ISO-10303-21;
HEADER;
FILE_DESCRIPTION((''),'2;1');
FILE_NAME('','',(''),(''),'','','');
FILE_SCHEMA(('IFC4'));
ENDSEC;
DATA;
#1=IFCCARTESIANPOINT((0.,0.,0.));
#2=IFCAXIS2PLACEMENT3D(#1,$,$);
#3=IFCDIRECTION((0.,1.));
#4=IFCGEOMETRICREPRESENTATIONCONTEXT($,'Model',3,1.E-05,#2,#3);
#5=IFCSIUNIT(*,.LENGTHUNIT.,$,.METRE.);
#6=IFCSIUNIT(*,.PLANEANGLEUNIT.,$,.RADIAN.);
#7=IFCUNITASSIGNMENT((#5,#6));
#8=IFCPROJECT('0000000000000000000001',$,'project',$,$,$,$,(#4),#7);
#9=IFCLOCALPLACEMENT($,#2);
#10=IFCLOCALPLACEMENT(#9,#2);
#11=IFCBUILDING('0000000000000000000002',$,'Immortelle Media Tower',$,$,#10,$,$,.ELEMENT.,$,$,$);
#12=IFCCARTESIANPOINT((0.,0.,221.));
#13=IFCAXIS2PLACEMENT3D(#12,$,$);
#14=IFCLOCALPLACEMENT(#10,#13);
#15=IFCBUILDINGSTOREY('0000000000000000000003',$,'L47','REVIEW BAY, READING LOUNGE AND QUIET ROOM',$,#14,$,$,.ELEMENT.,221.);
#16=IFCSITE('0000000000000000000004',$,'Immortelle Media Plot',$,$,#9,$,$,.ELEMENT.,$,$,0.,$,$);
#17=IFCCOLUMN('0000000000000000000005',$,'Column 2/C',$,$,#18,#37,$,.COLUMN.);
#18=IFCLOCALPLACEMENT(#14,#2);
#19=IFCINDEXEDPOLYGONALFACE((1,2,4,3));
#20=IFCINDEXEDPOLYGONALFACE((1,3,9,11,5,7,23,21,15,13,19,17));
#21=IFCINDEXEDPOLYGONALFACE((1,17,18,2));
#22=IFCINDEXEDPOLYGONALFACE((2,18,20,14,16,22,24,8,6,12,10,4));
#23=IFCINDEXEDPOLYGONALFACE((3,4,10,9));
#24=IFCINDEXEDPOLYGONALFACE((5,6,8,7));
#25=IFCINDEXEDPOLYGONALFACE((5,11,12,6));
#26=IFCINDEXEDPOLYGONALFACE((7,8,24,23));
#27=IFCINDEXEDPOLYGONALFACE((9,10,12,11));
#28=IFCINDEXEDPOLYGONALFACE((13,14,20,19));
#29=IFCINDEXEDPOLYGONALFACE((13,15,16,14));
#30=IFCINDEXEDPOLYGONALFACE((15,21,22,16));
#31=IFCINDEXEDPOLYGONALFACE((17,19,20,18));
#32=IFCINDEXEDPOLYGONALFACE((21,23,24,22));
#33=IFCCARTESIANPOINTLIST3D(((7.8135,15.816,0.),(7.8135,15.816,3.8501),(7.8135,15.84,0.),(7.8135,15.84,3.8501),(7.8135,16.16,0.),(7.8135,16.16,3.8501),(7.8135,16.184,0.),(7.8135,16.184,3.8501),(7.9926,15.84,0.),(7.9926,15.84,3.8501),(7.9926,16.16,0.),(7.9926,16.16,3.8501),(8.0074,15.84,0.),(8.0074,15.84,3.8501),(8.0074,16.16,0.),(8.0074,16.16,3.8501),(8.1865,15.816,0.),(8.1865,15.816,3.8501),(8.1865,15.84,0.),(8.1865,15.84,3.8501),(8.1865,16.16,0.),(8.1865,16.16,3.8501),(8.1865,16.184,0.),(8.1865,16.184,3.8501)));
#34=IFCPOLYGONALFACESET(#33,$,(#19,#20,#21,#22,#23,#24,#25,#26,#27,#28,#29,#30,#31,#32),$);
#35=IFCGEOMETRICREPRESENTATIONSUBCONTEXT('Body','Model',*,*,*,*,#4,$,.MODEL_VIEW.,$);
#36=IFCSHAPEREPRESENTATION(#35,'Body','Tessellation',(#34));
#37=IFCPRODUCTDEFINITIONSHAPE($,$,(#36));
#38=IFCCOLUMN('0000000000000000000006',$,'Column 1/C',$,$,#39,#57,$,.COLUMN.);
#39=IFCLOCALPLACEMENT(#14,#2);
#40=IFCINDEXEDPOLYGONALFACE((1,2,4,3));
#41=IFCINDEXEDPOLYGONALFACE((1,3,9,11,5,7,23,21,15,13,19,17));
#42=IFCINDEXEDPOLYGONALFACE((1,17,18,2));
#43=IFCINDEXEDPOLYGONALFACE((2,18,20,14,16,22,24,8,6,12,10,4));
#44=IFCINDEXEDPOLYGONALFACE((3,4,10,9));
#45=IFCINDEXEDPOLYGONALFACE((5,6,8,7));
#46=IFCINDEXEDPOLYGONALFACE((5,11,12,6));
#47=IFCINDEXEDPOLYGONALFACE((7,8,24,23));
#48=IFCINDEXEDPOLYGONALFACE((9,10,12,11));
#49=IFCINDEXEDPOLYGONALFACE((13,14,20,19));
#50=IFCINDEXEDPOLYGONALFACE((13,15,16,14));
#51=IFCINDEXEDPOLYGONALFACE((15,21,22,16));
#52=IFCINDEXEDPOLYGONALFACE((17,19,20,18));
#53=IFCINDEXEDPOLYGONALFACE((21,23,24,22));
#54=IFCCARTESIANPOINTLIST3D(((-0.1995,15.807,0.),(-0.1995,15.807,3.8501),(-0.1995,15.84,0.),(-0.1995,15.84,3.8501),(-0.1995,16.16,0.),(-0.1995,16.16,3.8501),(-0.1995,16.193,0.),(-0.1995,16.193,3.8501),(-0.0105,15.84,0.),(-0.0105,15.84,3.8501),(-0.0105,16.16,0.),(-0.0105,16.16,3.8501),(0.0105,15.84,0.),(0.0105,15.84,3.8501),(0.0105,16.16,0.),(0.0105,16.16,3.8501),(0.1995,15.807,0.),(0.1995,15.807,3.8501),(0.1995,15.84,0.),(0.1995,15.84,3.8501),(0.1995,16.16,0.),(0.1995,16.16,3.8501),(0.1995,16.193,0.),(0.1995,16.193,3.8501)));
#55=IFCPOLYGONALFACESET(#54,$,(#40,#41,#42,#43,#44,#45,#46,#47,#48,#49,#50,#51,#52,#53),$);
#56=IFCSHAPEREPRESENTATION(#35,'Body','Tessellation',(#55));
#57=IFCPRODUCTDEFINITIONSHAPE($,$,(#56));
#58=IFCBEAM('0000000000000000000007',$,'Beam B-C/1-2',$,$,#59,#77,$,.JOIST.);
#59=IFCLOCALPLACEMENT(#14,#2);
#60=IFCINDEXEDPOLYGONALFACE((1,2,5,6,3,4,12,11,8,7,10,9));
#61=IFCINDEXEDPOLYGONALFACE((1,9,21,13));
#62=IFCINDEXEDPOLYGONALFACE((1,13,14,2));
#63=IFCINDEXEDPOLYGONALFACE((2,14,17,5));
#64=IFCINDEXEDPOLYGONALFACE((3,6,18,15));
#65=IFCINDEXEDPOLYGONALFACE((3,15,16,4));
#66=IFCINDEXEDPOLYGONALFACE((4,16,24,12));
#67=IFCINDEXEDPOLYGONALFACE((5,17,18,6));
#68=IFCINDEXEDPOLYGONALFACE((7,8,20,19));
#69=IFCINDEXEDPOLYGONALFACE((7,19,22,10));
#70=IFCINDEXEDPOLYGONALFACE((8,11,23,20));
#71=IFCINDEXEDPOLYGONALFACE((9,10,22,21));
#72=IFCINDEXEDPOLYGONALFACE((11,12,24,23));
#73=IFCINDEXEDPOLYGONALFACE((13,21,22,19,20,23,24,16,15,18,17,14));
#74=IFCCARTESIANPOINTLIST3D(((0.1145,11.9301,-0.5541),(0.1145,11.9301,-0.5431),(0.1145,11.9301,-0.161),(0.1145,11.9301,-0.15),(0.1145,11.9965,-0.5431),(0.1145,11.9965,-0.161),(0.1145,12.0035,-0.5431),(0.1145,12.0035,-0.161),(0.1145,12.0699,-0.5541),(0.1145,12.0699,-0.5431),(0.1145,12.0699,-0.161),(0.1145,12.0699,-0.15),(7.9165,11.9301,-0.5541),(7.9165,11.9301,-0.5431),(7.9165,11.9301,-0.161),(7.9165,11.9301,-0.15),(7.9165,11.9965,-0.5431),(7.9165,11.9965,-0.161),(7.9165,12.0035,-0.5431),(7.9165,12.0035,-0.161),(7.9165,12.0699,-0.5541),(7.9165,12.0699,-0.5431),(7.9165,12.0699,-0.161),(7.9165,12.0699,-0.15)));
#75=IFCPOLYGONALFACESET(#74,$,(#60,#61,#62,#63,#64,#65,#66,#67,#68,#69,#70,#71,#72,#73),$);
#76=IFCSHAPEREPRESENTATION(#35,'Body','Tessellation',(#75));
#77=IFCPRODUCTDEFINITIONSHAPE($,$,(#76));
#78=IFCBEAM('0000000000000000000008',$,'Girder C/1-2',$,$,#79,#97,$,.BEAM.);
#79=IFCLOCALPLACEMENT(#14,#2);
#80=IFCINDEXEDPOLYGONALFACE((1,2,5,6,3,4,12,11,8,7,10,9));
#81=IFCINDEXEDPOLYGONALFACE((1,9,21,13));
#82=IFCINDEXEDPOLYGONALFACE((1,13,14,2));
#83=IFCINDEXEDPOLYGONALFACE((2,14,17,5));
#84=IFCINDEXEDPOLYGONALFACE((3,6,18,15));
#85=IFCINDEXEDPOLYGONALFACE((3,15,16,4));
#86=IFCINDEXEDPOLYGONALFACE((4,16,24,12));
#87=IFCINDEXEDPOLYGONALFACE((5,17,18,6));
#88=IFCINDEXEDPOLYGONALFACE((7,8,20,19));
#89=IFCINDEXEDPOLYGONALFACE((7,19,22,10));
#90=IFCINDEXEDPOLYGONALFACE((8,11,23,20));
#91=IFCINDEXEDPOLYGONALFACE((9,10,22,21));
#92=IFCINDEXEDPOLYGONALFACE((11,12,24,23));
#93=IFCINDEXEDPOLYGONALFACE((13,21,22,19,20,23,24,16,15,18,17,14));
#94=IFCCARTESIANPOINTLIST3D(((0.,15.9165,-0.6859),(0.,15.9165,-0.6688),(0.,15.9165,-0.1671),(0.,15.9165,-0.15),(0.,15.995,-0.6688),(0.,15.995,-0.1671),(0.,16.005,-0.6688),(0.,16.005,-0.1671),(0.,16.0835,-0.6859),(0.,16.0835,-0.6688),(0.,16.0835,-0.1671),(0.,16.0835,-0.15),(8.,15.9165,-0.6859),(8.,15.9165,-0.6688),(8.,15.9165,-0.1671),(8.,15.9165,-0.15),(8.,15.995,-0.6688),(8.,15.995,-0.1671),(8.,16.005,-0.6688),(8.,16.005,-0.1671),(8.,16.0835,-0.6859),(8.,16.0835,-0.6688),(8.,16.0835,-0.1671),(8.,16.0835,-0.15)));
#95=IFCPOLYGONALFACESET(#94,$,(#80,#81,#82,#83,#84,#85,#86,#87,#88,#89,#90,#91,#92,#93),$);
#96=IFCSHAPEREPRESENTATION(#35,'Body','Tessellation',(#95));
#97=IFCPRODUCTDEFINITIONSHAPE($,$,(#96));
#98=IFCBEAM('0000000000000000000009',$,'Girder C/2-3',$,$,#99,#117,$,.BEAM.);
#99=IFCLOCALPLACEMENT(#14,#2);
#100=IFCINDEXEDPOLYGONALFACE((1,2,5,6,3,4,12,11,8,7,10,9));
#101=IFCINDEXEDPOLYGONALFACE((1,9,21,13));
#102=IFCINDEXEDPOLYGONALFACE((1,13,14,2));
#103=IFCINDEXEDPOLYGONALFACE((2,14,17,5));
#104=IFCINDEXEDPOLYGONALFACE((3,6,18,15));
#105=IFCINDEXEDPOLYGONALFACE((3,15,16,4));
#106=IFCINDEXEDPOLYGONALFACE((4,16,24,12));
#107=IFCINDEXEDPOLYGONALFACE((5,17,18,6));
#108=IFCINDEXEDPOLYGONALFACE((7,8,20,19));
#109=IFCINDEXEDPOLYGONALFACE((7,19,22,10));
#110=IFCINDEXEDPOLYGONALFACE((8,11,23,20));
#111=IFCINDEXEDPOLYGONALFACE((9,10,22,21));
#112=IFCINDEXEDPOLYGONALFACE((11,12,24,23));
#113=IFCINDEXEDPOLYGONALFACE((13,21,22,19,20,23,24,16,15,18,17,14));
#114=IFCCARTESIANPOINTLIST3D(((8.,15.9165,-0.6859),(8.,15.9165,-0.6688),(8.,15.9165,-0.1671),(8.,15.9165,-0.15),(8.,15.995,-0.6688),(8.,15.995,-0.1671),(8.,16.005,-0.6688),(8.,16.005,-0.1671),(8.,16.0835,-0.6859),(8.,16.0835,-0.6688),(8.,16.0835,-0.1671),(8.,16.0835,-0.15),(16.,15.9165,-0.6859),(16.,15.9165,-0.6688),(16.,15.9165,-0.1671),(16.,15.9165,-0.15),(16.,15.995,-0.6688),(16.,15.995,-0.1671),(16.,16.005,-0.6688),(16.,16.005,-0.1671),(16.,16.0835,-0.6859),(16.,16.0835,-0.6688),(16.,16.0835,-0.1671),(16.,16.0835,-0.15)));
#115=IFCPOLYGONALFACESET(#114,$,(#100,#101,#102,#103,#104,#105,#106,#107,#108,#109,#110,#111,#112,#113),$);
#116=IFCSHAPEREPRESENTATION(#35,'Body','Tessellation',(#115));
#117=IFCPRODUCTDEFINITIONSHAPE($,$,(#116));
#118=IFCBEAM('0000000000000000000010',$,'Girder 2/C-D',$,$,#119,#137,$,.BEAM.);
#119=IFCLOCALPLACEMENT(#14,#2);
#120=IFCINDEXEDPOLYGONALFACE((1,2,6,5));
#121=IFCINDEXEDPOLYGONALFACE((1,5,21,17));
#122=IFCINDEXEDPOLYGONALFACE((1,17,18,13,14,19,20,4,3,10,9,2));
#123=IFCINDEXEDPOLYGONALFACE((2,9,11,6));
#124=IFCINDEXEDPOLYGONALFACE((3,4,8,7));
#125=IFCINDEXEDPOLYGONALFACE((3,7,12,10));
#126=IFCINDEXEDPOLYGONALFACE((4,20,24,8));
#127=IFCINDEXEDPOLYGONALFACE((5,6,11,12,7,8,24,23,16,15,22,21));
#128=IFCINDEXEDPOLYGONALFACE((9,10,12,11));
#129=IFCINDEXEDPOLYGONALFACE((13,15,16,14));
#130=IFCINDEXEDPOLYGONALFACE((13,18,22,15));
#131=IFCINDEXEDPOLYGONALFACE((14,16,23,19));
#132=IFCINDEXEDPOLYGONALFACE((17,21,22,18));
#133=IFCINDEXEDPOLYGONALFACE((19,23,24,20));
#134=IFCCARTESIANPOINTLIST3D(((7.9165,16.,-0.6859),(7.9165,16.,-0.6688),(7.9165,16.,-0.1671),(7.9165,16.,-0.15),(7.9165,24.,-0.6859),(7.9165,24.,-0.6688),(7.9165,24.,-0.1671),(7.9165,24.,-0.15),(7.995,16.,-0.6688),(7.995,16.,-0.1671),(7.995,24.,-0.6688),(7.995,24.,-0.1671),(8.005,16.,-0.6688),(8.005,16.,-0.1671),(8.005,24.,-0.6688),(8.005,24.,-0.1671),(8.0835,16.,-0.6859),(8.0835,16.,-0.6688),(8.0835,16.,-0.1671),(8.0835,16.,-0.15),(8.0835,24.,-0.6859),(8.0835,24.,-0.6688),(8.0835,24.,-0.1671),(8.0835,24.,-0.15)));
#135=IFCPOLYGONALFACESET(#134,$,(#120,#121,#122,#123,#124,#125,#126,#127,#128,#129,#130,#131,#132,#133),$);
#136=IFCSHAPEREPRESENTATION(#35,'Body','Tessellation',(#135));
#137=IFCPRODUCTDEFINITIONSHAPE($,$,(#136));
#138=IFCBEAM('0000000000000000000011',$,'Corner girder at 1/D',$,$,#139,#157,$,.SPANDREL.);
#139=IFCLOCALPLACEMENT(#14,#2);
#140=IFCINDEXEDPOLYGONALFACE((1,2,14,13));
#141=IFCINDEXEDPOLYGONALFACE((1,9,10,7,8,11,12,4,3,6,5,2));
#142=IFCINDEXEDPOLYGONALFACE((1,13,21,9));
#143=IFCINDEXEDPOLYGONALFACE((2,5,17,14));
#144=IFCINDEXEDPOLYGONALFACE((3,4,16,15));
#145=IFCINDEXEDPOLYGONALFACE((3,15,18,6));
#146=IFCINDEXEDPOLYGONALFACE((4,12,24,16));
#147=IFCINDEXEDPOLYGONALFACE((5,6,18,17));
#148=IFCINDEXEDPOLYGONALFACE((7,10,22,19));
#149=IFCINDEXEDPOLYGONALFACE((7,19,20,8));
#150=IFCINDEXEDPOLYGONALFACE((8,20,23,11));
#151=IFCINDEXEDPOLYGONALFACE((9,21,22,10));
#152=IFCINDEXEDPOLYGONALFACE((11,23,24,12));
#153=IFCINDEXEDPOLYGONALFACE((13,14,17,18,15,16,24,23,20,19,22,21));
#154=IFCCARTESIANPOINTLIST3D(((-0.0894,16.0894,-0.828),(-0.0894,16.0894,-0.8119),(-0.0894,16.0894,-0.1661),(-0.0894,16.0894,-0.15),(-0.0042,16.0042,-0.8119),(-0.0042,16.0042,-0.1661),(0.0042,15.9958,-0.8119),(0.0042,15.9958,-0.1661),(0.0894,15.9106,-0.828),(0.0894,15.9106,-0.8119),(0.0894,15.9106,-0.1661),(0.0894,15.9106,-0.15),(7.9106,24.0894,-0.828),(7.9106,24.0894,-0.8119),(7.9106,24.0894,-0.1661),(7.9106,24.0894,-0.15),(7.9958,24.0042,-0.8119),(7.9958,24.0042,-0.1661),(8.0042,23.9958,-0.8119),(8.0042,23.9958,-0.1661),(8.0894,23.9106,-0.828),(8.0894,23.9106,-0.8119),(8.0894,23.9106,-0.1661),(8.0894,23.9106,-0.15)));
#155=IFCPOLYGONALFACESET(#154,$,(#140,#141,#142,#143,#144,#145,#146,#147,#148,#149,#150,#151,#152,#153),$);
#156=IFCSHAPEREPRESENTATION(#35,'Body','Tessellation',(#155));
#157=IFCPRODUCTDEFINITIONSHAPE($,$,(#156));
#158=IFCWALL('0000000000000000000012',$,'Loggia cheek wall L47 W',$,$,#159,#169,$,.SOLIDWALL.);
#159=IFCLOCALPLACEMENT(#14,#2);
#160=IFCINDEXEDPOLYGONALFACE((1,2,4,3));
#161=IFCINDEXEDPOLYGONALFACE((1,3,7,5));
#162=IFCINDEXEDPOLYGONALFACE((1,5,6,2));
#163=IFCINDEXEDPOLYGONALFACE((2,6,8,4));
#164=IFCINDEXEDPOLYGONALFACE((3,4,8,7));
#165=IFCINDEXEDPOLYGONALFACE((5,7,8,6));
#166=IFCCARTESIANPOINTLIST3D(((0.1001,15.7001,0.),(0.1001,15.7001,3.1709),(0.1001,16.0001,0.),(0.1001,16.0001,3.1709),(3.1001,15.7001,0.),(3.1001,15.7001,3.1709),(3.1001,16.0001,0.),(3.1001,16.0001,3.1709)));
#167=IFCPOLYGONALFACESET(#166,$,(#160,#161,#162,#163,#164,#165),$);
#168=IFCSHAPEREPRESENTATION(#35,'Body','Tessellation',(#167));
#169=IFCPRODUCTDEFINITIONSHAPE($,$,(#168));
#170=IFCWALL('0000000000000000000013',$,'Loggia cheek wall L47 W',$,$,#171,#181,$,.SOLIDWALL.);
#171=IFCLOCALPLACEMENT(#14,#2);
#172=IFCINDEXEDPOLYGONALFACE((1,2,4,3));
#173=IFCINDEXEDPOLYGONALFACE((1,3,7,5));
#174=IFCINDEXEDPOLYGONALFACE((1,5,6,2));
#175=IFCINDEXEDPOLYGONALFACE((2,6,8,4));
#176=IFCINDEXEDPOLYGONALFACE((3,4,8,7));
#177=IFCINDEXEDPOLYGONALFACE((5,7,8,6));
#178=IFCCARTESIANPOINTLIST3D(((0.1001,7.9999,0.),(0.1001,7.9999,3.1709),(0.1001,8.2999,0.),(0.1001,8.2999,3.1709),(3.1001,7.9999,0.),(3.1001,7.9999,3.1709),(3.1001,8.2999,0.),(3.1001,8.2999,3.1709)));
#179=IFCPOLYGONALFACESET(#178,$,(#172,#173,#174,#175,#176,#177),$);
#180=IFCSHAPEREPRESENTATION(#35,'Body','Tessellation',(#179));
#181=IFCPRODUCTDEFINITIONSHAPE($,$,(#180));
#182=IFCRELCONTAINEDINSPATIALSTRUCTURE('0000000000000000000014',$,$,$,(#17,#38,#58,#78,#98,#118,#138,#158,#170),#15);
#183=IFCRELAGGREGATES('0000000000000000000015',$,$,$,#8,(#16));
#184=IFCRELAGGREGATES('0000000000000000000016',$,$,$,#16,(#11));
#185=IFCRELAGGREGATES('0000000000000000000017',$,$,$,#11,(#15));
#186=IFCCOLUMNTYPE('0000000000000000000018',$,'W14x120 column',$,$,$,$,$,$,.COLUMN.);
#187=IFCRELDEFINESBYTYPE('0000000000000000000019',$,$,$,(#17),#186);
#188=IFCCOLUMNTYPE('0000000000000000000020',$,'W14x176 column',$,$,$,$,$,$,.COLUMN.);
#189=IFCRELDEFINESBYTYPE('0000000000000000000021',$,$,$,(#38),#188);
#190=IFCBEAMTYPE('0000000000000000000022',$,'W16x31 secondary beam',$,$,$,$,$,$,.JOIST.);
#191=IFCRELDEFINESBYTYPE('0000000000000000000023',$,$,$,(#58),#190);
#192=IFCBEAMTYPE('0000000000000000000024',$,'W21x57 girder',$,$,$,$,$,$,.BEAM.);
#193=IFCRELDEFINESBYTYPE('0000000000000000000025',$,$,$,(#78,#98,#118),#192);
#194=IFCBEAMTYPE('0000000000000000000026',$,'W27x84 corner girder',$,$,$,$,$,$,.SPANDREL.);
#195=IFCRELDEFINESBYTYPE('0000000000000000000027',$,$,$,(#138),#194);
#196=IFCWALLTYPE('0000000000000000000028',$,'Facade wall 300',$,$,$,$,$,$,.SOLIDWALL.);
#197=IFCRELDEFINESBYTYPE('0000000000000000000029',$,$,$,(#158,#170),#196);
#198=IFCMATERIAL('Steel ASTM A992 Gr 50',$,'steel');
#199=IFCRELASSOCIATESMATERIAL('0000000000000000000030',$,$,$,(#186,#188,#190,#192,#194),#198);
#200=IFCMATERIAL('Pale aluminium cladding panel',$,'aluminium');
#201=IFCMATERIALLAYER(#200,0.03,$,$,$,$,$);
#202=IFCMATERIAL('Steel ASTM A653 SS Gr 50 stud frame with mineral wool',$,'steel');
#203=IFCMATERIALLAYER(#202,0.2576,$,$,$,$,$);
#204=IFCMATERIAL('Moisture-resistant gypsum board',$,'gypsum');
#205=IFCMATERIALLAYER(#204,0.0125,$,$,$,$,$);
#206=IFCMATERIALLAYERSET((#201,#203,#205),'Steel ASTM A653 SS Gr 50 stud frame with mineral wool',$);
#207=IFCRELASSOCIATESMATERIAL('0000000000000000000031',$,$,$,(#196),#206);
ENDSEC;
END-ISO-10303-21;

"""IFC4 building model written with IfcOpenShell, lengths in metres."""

from ifc_helpers import new_model, si_unit, direction, frame, frame_2d, origin, origin_2d, place, context, subcontext, project, spatial, rectangle, i_section, extrude, material, layer, layer_set, material_profile, profile_set, type_object, element, save


model = new_model("IFC4")

# Units and contexts
model_context = context("Model", 3, precision=1e-05, world=origin(), true_north=direction((0.0, 1.0)))
body_context = subcontext(model_context, "Body", "Model", "MODEL_VIEW")
ifc_project = project(units=[si_unit("LENGTHUNIT", "METRE"), si_unit("PLANEANGLEUNIT", "RADIAN")], contexts=[model_context])

# Site, building, storey
site_placement = place(None, origin())
site = spatial("IfcSite", under=ifc_project, at=site_placement, Name="Immortelle Media Plot", CompositionType="ELEMENT", RefElevation=0.0)
building_placement = place(site_placement, origin())
building = spatial("IfcBuilding", under=site, at=building_placement, Name="Immortelle Media Tower", CompositionType="ELEMENT")
storey_placement = place(building_placement, frame((0.0, 0.0, 221.0)))
storey = spatial("IfcBuildingStorey", under=building, at=storey_placement, Name="L47", Description="REVIEW BAY, READING LOUNGE AND QUIET ROOM", CompositionType="ELEMENT", Elevation=221.0)

# Columns
ifc_material_1 = material(Name="Steel ASTM A992 Gr 50", Category="steel")
ifc_material_profile_1 = material_profile(ifc_material_1, i_section(OverallWidth=0.373, OverallDepth=0.3679, WebThickness=0.0149, FlangeThickness=0.0239, at=origin_2d()), Name="W14x120")
ifc_profile_set_1 = profile_set([ifc_material_profile_1], Name="Steel ASTM A992 Gr 50")
column_type_1 = type_object("IfcColumnType", Name="W14x120 column", PredefinedType="COLUMN", material=ifc_profile_set_1)
column_1_placement = place(storey_placement, frame((8.0, 16.0, 0.0), z_axis=(0.0, 0.0, 1.0), x_axis=(1.0, 0.0, 0.0)))
element("IfcColumn", 1, at=column_1_placement, inside=storey, type_object=column_type_1, Name="Column 2/C", PredefinedType="COLUMN", context=body_context, shape_type="SweptSolid", body=[
    extrude(i_section(OverallWidth=0.373, OverallDepth=0.3679, WebThickness=0.0149, FlangeThickness=0.0239, at=origin_2d()), origin(), (0.0, 0.0, 1.0), 3.8501),
])
ifc_material_profile_2 = material_profile(ifc_material_1, i_section(OverallWidth=0.3989, OverallDepth=0.386, WebThickness=0.021, FlangeThickness=0.033, at=origin_2d()), Name="W14x176")
ifc_profile_set_2 = profile_set([ifc_material_profile_2], Name="Steel ASTM A992 Gr 50")
column_type_2 = type_object("IfcColumnType", Name="W14x176 column", PredefinedType="COLUMN", material=ifc_profile_set_2)
column_2_placement = place(storey_placement, frame((0.0, 16.0, 0.0), z_axis=(0.0, 0.0, 1.0), x_axis=(1.0, 0.0, 0.0)))
element("IfcColumn", 2, at=column_2_placement, inside=storey, type_object=column_type_2, Name="Column 1/C", PredefinedType="COLUMN", context=body_context, shape_type="SweptSolid", body=[
    extrude(i_section(OverallWidth=0.3989, OverallDepth=0.386, WebThickness=0.021, FlangeThickness=0.033, at=origin_2d()), origin(), (0.0, 0.0, 1.0), 3.8501),
])

# Beams
ifc_material_profile_3 = material_profile(ifc_material_1, i_section(OverallWidth=0.1399, OverallDepth=0.4041, WebThickness=0.0071, FlangeThickness=0.011, at=origin_2d()), Name="W16x31")
ifc_profile_set_3 = profile_set([ifc_material_profile_3], Name="Steel ASTM A992 Gr 50")
beam_type_1 = type_object("IfcBeamType", Name="W16x31 secondary beam", PredefinedType="JOIST", material=ifc_profile_set_3)
beam_1_placement = place(storey_placement, frame((0.1145, 12.0, -0.3521), z_axis=(1.0, 0.0, 0.0), x_axis=(0.0, 1.0, 0.0)))
element("IfcBeam", 3, at=beam_1_placement, inside=storey, type_object=beam_type_1, Name="Beam B-C/1-2", PredefinedType="JOIST", context=body_context, shape_type="SweptSolid", body=[
    extrude(i_section(OverallWidth=0.1399, OverallDepth=0.4041, WebThickness=0.0071, FlangeThickness=0.011, at=origin_2d()), origin(), (0.0, 0.0, 1.0), 7.802),
])
ifc_material_profile_4 = material_profile(ifc_material_1, i_section(OverallWidth=0.167, OverallDepth=0.5359, WebThickness=0.01, FlangeThickness=0.0171, at=origin_2d()), Name="W21x57")
ifc_profile_set_4 = profile_set([ifc_material_profile_4], Name="Steel ASTM A992 Gr 50")
beam_type_2 = type_object("IfcBeamType", Name="W21x57 girder", PredefinedType="BEAM", material=ifc_profile_set_4)
for number, where, z_axis, x_axis, name in (
    (4, (0.0, 16.0, -0.418), (1.0, 0.0, 0.0), (0.0, 1.0, 0.0), "Girder C/1-2"),
    (5, (8.0, 16.0, -0.418), (1.0, 0.0, 0.0), (0.0, 1.0, 0.0), "Girder C/2-3"),
    (6, (8.0, 16.0, -0.418), (0.0, 1.0, 0.0), (-1.0, 0.0, 0.0), "Girder 2/C-D"),
):
    element("IfcBeam", number, at=place(storey_placement, frame(where, z_axis=z_axis, x_axis=x_axis)), inside=storey, type_object=beam_type_2, Name=name, PredefinedType="BEAM", context=body_context, shape_type="SweptSolid", body=[
        extrude(i_section(OverallWidth=0.167, OverallDepth=0.5359, WebThickness=0.01, FlangeThickness=0.0171, at=origin_2d()), origin(), (0.0, 0.0, 1.0), 8.0),
    ])
ifc_material_profile_5 = material_profile(ifc_material_1, i_section(OverallWidth=0.2529, OverallDepth=0.678, WebThickness=0.012, FlangeThickness=0.0161, at=origin_2d()), Name="W27x84")
ifc_profile_set_5 = profile_set([ifc_material_profile_5], Name="Steel ASTM A992 Gr 50")
beam_type_3 = type_object("IfcBeamType", Name="W27x84 corner girder", PredefinedType="SPANDREL", material=ifc_profile_set_5)
beam_2_placement = place(storey_placement, frame((0.0, 16.0, -0.489), z_axis=(0.707107, 0.707107, 0.0), x_axis=(-0.707107, 0.707107, 0.0)))
element("IfcBeam", 7, at=beam_2_placement, inside=storey, type_object=beam_type_3, Name="Corner girder at 1/D", PredefinedType="SPANDREL", context=body_context, shape_type="SweptSolid", body=[
    extrude(i_section(OverallWidth=0.2529, OverallDepth=0.678, WebThickness=0.012, FlangeThickness=0.0161, at=origin_2d()), origin(), (0.0, 0.0, 1.0), 11.3137),
])

# Shared definitions
ifc_material_2 = material(Name="Pale aluminium cladding panel", Category="aluminium")
ifc_layer_1 = layer(ifc_material_2, 0.03)
ifc_material_3 = material(Name="Steel ASTM A653 SS Gr 50 stud frame with mineral wool", Category="steel")
ifc_layer_2 = layer(ifc_material_3, 0.2576)
ifc_material_4 = material(Name="Moisture-resistant gypsum board", Category="gypsum")
ifc_layer_3 = layer(ifc_material_4, 0.0125)
ifc_layer_set_1 = layer_set([ifc_layer_1, ifc_layer_2, ifc_layer_3], Name="Steel ASTM A653 SS Gr 50 stud frame with mineral wool")
wall_type_1 = type_object("IfcWallType", Name="Facade wall 300", PredefinedType="SOLIDWALL", material=ifc_layer_set_1)

# Walls
for number, where, z_axis, x_axis, name in (
    (8, (0.1001, 15.8501, 0.0), (0.0, 0.0, 1.0), (1.0, 0.0, 0.0), "Loggia cheek wall L47 W"),
    (9, (0.1001, 8.1499, 0.0), (0.0, 0.0, 1.0), (1.0, 0.0, 0.0), "Loggia cheek wall L47 W"),
):
    element("IfcWall", number, at=place(storey_placement, frame(where, z_axis=z_axis, x_axis=x_axis)), inside=storey, type_object=wall_type_1, Name=name, PredefinedType="SOLIDWALL", context=body_context, shape_type="SweptSolid", body=[
        extrude(rectangle(XDim=3.0, YDim=0.3, at=frame_2d((1.5, 0.0))), origin(), (0.0, 0.0, 1.0), 3.1709),
    ])

save(model, "model.ifc")
